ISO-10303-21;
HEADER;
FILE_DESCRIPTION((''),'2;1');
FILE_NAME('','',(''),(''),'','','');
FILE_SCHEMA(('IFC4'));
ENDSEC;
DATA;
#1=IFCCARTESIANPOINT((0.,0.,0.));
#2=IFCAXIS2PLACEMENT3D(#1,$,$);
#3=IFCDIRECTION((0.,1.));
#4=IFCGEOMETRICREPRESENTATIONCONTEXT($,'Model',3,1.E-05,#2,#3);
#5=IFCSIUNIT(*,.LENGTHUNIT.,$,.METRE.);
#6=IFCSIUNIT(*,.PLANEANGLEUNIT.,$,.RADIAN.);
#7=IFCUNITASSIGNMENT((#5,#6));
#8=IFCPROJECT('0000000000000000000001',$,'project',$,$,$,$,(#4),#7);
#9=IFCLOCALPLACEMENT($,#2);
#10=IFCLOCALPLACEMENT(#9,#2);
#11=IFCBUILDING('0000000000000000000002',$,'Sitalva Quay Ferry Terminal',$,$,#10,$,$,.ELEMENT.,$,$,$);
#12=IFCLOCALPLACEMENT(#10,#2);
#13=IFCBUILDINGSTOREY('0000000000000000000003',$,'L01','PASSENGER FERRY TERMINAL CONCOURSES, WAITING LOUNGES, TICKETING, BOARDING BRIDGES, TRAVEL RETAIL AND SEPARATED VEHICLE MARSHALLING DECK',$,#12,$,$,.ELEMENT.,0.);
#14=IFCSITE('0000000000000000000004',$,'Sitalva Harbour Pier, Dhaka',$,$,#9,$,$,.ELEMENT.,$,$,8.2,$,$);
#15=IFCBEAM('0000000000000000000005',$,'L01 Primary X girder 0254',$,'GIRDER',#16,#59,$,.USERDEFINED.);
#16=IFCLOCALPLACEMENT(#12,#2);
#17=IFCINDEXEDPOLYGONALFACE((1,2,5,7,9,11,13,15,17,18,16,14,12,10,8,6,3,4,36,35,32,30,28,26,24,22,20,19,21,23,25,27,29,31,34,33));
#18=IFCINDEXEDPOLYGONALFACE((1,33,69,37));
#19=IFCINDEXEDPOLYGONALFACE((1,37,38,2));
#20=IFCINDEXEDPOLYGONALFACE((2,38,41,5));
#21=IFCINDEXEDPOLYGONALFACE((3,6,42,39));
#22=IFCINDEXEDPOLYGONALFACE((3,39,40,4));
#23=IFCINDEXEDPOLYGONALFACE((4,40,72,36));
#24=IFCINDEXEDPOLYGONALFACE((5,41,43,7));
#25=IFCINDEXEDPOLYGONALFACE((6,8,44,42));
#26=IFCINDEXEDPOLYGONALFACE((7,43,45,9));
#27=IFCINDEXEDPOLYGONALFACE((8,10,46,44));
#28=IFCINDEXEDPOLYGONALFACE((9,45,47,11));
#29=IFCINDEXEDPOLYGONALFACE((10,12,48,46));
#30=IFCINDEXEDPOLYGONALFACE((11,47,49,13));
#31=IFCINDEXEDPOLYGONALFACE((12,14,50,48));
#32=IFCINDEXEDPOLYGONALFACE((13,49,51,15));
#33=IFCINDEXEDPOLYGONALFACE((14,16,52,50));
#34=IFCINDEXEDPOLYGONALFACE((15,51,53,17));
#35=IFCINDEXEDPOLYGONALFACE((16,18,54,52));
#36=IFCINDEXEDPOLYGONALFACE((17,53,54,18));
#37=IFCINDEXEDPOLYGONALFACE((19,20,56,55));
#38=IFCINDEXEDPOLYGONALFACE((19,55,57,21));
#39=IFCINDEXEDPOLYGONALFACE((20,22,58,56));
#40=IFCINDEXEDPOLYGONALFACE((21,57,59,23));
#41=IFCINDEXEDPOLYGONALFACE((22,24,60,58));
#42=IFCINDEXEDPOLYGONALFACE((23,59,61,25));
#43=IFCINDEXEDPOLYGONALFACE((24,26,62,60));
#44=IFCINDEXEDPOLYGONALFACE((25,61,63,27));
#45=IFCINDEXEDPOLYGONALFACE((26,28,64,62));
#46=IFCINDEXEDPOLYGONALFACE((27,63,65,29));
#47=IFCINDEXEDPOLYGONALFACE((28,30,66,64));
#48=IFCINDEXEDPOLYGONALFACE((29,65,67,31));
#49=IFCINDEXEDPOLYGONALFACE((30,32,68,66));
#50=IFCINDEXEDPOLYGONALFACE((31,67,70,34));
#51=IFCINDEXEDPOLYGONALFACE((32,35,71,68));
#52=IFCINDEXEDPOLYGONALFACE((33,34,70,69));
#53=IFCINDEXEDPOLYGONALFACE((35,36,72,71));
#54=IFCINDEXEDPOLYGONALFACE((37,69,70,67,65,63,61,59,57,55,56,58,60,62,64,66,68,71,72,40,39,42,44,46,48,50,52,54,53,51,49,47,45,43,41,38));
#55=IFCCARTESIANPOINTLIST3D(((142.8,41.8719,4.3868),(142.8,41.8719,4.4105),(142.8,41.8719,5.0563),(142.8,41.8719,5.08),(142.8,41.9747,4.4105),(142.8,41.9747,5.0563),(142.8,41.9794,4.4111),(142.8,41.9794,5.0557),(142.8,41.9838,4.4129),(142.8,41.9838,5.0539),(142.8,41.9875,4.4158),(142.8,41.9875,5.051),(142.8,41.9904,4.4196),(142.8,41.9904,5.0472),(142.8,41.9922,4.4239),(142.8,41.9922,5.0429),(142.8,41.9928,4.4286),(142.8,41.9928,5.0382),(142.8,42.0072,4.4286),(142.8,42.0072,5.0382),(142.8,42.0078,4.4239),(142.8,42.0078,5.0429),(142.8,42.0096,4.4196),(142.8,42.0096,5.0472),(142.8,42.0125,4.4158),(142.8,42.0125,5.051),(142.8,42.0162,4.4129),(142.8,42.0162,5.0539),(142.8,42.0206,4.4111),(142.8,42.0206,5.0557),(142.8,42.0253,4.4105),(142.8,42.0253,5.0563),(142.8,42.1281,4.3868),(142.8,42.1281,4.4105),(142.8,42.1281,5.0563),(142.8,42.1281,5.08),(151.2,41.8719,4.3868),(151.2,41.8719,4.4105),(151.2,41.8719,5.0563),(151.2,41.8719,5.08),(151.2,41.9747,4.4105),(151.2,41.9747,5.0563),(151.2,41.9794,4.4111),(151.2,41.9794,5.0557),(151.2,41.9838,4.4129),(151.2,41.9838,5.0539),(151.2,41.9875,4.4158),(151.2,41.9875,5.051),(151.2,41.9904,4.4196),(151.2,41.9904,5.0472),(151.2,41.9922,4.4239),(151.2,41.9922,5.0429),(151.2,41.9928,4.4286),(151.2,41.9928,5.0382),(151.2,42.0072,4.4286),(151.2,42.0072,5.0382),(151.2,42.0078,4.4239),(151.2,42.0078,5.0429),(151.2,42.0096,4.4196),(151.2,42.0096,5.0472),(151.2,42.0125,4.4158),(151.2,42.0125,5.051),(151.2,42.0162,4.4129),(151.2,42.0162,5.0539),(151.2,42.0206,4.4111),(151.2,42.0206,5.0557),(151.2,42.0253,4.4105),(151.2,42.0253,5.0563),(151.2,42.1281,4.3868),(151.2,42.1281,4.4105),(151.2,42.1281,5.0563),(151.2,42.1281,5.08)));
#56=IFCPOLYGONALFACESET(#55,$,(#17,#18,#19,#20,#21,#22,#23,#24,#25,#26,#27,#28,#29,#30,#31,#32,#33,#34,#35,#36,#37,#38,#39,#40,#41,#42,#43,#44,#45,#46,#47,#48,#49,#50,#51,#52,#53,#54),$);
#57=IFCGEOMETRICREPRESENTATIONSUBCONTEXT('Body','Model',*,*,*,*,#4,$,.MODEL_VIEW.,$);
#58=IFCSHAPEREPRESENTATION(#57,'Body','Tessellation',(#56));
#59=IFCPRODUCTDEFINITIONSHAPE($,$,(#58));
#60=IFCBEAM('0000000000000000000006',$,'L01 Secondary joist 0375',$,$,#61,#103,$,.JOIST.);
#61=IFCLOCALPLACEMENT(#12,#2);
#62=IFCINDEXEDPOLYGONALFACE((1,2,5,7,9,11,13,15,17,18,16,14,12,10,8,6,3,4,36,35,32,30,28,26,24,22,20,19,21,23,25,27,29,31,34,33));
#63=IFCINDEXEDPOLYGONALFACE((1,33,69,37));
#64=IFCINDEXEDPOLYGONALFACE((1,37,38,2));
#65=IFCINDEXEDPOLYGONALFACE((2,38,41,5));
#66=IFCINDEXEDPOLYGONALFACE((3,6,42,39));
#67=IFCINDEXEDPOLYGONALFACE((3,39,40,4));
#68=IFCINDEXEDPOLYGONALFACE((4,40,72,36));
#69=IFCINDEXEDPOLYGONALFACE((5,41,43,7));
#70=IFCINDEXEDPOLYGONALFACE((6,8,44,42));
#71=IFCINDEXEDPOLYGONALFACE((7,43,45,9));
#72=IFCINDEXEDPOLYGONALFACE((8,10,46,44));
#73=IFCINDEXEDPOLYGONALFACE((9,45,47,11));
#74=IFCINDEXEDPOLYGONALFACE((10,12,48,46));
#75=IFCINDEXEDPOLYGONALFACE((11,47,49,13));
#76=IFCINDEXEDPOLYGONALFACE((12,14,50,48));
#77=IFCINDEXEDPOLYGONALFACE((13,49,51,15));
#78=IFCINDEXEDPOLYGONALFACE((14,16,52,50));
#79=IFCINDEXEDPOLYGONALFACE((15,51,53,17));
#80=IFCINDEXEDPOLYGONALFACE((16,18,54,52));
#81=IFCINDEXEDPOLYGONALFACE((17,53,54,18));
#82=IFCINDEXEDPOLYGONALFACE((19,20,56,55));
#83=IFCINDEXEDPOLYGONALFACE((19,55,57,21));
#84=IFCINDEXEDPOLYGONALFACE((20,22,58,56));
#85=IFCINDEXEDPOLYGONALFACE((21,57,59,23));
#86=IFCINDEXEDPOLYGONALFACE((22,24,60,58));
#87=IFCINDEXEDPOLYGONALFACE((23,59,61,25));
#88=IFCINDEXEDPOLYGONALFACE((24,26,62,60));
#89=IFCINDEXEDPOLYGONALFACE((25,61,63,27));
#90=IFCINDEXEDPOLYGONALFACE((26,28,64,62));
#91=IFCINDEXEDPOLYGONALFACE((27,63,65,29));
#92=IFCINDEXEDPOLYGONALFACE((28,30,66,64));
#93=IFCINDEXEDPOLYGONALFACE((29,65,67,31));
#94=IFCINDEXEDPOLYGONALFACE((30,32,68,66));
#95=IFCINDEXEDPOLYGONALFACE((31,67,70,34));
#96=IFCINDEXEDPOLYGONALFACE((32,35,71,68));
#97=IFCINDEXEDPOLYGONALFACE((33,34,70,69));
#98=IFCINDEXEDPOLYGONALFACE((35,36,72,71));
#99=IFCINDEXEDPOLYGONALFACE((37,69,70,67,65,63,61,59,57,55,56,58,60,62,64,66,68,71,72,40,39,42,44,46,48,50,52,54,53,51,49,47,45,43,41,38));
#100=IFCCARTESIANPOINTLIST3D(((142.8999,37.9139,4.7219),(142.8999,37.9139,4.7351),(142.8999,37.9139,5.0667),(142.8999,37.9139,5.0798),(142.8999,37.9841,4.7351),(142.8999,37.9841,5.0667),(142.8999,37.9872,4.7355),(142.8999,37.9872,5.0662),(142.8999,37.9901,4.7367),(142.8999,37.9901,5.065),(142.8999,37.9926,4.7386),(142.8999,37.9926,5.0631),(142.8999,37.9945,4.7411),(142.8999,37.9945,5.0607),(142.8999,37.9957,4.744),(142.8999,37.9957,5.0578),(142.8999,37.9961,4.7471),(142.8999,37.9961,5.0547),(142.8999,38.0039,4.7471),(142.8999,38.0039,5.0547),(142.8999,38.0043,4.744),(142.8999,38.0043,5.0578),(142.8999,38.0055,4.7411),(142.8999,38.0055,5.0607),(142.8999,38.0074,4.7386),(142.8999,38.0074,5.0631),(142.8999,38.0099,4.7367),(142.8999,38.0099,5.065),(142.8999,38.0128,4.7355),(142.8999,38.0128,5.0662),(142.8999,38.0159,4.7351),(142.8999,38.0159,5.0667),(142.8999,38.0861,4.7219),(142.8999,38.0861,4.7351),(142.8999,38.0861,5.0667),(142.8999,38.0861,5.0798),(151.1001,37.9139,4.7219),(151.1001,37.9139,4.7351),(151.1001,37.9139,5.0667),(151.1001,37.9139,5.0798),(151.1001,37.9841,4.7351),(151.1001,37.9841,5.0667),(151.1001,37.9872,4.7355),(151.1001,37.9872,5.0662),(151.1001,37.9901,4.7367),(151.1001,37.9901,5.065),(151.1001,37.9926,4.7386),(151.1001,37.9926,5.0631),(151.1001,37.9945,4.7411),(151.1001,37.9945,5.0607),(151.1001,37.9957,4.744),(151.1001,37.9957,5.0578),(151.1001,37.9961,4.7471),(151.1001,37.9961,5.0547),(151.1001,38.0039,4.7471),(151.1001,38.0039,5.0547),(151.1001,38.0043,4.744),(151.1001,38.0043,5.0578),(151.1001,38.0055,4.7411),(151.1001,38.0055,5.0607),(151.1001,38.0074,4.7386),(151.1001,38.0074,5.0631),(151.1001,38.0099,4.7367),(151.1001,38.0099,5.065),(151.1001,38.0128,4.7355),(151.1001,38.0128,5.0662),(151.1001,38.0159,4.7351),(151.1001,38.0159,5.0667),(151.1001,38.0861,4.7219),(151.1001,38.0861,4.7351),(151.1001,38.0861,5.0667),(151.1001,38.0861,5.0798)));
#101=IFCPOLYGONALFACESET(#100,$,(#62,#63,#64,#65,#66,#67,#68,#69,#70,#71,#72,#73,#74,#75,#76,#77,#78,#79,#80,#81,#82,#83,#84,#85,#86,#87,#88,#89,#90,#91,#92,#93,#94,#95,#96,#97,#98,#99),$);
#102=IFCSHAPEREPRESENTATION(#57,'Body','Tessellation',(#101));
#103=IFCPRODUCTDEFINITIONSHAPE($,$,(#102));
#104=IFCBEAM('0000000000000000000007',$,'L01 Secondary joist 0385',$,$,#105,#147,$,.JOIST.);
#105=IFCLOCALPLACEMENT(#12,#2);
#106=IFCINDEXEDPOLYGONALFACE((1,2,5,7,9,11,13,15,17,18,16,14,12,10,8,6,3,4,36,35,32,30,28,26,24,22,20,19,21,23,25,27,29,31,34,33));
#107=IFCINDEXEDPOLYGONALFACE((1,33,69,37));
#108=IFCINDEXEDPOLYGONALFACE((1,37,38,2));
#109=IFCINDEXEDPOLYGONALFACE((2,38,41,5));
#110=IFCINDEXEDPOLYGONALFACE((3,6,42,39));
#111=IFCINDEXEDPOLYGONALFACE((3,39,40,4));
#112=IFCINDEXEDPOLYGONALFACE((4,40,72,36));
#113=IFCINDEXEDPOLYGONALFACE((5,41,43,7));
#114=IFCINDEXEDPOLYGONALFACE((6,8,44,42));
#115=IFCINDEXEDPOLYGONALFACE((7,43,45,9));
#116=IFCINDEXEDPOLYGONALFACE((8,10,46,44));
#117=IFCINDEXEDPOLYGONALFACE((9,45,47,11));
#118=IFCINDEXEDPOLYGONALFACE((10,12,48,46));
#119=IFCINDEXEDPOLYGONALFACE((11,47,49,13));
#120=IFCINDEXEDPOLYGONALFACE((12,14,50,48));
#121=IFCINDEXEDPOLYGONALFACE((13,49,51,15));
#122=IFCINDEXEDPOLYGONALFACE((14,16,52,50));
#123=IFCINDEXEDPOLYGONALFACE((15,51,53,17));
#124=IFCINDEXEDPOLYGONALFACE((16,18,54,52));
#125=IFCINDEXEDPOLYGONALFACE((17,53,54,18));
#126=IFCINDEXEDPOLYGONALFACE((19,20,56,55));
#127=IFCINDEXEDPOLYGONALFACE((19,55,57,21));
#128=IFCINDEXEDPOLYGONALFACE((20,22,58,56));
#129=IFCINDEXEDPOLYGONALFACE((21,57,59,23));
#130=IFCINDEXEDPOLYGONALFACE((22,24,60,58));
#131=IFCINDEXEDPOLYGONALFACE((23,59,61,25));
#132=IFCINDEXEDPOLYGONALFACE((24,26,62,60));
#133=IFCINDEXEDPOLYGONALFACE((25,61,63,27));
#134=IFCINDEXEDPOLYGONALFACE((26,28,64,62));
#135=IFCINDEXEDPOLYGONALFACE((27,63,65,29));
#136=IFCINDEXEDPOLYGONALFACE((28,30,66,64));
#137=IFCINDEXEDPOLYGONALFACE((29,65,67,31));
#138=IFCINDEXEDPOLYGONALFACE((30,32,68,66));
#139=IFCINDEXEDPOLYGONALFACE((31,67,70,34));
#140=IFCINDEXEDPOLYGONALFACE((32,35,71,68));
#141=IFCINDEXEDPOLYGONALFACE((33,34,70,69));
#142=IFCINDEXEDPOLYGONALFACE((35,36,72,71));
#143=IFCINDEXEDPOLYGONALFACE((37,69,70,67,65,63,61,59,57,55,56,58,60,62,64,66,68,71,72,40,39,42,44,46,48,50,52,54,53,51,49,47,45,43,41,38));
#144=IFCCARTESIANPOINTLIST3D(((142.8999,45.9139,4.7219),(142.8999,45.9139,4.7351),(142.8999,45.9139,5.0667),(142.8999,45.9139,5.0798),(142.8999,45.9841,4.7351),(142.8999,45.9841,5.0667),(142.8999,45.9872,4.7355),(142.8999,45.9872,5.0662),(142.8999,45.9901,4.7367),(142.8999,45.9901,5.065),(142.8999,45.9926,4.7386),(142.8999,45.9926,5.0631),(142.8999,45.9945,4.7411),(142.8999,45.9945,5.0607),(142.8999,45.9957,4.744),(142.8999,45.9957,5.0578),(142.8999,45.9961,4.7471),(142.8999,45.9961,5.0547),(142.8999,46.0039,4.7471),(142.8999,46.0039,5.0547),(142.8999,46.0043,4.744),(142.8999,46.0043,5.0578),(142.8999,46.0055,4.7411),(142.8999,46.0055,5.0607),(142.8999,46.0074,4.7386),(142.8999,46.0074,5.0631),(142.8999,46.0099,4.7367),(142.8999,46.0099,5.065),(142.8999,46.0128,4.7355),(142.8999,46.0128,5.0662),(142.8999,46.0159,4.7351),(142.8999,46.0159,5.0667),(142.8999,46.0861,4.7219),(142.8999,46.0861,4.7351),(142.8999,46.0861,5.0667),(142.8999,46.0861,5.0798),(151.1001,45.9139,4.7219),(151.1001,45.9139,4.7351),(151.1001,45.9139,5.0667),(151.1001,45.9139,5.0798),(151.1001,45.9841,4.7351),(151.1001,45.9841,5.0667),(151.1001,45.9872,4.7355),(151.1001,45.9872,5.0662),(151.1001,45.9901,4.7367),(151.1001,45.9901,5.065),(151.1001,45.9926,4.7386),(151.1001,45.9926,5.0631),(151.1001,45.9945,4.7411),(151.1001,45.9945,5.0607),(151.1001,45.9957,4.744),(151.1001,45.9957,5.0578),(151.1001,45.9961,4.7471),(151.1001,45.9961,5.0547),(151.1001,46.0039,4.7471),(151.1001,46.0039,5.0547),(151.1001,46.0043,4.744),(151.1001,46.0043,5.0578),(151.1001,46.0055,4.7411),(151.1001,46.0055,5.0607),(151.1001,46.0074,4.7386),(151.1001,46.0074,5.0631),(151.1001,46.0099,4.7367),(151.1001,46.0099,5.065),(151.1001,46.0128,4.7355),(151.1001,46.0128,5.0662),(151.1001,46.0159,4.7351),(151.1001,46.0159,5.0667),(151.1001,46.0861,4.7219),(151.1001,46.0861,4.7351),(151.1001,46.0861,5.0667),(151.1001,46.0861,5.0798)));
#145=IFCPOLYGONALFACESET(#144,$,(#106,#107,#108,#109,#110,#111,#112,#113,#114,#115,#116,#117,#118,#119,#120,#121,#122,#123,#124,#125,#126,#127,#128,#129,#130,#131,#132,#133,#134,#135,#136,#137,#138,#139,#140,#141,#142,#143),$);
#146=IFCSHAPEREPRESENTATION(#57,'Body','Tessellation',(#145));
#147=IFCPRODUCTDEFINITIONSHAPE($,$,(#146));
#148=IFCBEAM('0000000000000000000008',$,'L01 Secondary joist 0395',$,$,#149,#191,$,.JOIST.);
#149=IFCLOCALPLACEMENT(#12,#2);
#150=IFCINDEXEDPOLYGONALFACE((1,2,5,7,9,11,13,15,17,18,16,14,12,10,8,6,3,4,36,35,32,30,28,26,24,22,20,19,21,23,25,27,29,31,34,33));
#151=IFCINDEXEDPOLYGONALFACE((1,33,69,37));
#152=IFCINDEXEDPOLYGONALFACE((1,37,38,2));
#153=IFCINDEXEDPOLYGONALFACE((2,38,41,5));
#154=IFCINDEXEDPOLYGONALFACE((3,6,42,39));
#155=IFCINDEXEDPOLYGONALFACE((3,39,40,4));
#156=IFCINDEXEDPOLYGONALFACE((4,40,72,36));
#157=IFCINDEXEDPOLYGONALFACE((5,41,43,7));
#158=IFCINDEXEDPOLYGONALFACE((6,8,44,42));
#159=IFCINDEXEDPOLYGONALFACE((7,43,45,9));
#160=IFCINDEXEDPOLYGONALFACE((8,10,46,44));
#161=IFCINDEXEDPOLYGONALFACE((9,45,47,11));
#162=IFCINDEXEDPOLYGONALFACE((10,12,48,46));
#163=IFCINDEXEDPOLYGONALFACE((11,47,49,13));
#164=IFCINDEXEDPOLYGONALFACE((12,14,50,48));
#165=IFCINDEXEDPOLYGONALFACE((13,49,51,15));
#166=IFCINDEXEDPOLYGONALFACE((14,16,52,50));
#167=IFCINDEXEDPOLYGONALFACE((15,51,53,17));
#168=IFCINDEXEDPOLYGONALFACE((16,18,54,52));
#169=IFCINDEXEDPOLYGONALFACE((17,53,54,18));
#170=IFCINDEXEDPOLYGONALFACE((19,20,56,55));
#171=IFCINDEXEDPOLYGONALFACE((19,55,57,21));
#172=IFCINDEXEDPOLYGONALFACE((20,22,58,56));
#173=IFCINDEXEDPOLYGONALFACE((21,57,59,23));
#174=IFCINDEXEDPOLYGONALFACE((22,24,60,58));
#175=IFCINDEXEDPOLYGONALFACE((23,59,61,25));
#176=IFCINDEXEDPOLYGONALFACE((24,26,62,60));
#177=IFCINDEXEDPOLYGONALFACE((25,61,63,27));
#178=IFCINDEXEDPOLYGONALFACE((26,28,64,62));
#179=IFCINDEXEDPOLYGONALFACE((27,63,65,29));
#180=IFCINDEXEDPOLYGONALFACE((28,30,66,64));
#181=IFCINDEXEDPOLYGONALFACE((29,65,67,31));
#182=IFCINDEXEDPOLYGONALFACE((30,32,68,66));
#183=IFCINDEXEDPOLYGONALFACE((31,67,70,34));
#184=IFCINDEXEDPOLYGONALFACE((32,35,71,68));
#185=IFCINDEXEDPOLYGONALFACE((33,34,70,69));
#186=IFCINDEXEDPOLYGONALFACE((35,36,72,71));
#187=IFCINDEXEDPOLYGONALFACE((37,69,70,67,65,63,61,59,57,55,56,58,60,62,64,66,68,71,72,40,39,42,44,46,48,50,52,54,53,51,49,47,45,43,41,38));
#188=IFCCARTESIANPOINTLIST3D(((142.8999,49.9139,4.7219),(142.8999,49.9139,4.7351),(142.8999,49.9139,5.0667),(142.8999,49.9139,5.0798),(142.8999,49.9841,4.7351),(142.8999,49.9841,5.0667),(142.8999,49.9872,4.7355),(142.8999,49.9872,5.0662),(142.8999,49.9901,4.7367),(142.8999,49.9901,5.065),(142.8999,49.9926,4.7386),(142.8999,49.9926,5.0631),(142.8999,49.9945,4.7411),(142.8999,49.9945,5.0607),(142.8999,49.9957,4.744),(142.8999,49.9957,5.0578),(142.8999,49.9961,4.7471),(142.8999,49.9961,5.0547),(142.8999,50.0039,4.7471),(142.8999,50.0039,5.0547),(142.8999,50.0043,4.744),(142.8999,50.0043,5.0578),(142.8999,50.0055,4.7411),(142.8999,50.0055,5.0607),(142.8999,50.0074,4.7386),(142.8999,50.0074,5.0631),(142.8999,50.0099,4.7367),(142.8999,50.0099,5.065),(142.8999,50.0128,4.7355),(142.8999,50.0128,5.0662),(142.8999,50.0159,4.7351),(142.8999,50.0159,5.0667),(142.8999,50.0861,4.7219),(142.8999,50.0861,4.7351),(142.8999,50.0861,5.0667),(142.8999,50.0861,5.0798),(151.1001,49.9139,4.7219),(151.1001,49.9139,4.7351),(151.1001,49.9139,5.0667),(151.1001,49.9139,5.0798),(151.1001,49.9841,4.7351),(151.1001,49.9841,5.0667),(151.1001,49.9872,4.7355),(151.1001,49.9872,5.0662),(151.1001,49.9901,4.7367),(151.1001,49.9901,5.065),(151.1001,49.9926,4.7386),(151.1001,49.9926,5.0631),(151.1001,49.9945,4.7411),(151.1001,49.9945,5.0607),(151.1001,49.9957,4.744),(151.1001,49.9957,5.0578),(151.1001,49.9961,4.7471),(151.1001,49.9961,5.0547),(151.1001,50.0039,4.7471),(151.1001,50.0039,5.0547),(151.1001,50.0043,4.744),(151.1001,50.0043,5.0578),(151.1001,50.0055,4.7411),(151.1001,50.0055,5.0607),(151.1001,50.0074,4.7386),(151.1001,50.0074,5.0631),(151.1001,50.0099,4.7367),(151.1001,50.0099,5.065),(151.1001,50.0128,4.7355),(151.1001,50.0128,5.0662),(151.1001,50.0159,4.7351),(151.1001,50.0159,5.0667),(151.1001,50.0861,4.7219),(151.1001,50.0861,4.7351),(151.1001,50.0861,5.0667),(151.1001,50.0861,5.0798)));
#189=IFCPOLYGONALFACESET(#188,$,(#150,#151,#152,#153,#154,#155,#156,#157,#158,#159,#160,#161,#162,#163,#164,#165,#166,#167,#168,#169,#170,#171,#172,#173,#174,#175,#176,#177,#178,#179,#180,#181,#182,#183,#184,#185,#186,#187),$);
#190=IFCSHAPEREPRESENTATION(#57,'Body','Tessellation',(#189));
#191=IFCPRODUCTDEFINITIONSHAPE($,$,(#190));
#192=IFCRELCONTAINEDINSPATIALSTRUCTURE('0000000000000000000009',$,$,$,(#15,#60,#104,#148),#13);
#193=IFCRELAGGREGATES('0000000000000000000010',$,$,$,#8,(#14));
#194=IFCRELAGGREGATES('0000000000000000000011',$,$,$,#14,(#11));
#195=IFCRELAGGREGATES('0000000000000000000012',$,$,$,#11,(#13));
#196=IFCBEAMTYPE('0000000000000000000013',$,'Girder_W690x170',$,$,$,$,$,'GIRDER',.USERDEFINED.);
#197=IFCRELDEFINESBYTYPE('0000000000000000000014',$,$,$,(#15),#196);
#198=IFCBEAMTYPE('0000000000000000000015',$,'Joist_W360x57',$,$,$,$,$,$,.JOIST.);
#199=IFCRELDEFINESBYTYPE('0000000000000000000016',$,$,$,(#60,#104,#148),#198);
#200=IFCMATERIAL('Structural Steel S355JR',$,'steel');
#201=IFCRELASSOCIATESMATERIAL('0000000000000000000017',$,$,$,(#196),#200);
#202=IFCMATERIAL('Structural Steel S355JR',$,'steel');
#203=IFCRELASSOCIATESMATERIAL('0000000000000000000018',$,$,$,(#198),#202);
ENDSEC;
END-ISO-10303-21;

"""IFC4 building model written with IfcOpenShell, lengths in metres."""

from ifc_helpers import new_model, si_unit, direction, frame, origin, origin_2d, place, context, subcontext, project, spatial, i_section, extrude, material, material_profile, profile_set, type_object, element, save


model = new_model("IFC4")

# Units and contexts
model_context = context("Model", 3, precision=1e-05, world=origin(), true_north=direction((0.0, 1.0)))
body_context = subcontext(model_context, "Body", "Model", "MODEL_VIEW")
ifc_project = project(units=[si_unit("LENGTHUNIT", "METRE"), si_unit("PLANEANGLEUNIT", "RADIAN")], contexts=[model_context])

# Site, building, storey
site_placement = place(None, origin())
site = spatial("IfcSite", under=ifc_project, at=site_placement, Name="Sitalva Harbour Pier, Dhaka", CompositionType="ELEMENT", RefElevation=8.2)
building_placement = place(site_placement, origin())
building = spatial("IfcBuilding", under=site, at=building_placement, Name="Sitalva Quay Ferry Terminal", CompositionType="ELEMENT")
storey_placement = place(building_placement, origin())
storey = spatial("IfcBuildingStorey", under=building, at=storey_placement, Name="L01", Description="PASSENGER FERRY TERMINAL CONCOURSES, WAITING LOUNGES, TICKETING, BOARDING BRIDGES, TRAVEL RETAIL AND SEPARATED VEHICLE MARSHALLING DECK", CompositionType="ELEMENT", Elevation=0.0)

# Beams
ifc_material_1 = material(Name="Structural Steel S355JR", Category="steel")
ifc_material_profile_1 = material_profile(ifc_material_1, i_section(OverallWidth=0.2561, OverallDepth=0.6931, WebThickness=0.0144, FlangeThickness=0.0237, FilletRadius=0.0181, at=origin_2d()), Name="W690x170")
ifc_profile_set_1 = profile_set([ifc_material_profile_1], Name="Structural Steel S355JR")
beam_type_1 = type_object("IfcBeamType", Name="Girder_W690x170", ElementType="GIRDER", PredefinedType="USERDEFINED", material=ifc_profile_set_1)
beam_1_placement = place(storey_placement, frame((142.8, 42.0, 4.7334), z_axis=(1.0, 0.0, 0.0), x_axis=(0.0, 1.0, 0.0)))
element("IfcBeam", 1, at=beam_1_placement, inside=storey, type_object=beam_type_1, Name="L01 Primary X girder 0254", ObjectType="GIRDER", PredefinedType="USERDEFINED", context=body_context, shape_type="SweptSolid", body=[
    extrude(i_section(OverallWidth=0.2561, OverallDepth=0.6931, WebThickness=0.0144, FlangeThickness=0.0237, FilletRadius=0.0181, at=origin_2d()), origin(), (0.0, 0.0, 1.0), 8.3999),
])
ifc_material_2 = material(Name="Structural Steel S355JR", Category="steel")
ifc_material_profile_2 = material_profile(ifc_material_2, i_section(OverallWidth=0.1721, OverallDepth=0.3579, WebThickness=0.0078, FlangeThickness=0.0132, FilletRadius=0.012, at=origin_2d()), Name="W360x57")
ifc_profile_set_2 = profile_set([ifc_material_profile_2], Name="Structural Steel S355JR")
beam_type_2 = type_object("IfcBeamType", Name="Joist_W360x57", PredefinedType="JOIST", material=ifc_profile_set_2)
for number, where, z_axis, x_axis, name in (
    (2, (142.8999, 38.0, 4.9009), (1.0, 0.0, 0.0), (0.0, 1.0, 0.0), "L01 Secondary joist 0375"),
    (3, (142.8999, 46.0, 4.9009), (1.0, 0.0, 0.0), (0.0, 1.0, 0.0), "L01 Secondary joist 0385"),
    (4, (142.8999, 50.0, 4.9009), (1.0, 0.0, 0.0), (0.0, 1.0, 0.0), "L01 Secondary joist 0395"),
):
    element("IfcBeam", number, at=place(storey_placement, frame(where, z_axis=z_axis, x_axis=x_axis)), inside=storey, type_object=beam_type_2, Name=name, PredefinedType="JOIST", context=body_context, shape_type="SweptSolid", body=[
        extrude(i_section(OverallWidth=0.1721, OverallDepth=0.3579, WebThickness=0.0078, FlangeThickness=0.0132, FilletRadius=0.012, at=origin_2d()), origin(), (0.0, 0.0, 1.0), 8.2002),
    ])

save(model, "model.ifc")
